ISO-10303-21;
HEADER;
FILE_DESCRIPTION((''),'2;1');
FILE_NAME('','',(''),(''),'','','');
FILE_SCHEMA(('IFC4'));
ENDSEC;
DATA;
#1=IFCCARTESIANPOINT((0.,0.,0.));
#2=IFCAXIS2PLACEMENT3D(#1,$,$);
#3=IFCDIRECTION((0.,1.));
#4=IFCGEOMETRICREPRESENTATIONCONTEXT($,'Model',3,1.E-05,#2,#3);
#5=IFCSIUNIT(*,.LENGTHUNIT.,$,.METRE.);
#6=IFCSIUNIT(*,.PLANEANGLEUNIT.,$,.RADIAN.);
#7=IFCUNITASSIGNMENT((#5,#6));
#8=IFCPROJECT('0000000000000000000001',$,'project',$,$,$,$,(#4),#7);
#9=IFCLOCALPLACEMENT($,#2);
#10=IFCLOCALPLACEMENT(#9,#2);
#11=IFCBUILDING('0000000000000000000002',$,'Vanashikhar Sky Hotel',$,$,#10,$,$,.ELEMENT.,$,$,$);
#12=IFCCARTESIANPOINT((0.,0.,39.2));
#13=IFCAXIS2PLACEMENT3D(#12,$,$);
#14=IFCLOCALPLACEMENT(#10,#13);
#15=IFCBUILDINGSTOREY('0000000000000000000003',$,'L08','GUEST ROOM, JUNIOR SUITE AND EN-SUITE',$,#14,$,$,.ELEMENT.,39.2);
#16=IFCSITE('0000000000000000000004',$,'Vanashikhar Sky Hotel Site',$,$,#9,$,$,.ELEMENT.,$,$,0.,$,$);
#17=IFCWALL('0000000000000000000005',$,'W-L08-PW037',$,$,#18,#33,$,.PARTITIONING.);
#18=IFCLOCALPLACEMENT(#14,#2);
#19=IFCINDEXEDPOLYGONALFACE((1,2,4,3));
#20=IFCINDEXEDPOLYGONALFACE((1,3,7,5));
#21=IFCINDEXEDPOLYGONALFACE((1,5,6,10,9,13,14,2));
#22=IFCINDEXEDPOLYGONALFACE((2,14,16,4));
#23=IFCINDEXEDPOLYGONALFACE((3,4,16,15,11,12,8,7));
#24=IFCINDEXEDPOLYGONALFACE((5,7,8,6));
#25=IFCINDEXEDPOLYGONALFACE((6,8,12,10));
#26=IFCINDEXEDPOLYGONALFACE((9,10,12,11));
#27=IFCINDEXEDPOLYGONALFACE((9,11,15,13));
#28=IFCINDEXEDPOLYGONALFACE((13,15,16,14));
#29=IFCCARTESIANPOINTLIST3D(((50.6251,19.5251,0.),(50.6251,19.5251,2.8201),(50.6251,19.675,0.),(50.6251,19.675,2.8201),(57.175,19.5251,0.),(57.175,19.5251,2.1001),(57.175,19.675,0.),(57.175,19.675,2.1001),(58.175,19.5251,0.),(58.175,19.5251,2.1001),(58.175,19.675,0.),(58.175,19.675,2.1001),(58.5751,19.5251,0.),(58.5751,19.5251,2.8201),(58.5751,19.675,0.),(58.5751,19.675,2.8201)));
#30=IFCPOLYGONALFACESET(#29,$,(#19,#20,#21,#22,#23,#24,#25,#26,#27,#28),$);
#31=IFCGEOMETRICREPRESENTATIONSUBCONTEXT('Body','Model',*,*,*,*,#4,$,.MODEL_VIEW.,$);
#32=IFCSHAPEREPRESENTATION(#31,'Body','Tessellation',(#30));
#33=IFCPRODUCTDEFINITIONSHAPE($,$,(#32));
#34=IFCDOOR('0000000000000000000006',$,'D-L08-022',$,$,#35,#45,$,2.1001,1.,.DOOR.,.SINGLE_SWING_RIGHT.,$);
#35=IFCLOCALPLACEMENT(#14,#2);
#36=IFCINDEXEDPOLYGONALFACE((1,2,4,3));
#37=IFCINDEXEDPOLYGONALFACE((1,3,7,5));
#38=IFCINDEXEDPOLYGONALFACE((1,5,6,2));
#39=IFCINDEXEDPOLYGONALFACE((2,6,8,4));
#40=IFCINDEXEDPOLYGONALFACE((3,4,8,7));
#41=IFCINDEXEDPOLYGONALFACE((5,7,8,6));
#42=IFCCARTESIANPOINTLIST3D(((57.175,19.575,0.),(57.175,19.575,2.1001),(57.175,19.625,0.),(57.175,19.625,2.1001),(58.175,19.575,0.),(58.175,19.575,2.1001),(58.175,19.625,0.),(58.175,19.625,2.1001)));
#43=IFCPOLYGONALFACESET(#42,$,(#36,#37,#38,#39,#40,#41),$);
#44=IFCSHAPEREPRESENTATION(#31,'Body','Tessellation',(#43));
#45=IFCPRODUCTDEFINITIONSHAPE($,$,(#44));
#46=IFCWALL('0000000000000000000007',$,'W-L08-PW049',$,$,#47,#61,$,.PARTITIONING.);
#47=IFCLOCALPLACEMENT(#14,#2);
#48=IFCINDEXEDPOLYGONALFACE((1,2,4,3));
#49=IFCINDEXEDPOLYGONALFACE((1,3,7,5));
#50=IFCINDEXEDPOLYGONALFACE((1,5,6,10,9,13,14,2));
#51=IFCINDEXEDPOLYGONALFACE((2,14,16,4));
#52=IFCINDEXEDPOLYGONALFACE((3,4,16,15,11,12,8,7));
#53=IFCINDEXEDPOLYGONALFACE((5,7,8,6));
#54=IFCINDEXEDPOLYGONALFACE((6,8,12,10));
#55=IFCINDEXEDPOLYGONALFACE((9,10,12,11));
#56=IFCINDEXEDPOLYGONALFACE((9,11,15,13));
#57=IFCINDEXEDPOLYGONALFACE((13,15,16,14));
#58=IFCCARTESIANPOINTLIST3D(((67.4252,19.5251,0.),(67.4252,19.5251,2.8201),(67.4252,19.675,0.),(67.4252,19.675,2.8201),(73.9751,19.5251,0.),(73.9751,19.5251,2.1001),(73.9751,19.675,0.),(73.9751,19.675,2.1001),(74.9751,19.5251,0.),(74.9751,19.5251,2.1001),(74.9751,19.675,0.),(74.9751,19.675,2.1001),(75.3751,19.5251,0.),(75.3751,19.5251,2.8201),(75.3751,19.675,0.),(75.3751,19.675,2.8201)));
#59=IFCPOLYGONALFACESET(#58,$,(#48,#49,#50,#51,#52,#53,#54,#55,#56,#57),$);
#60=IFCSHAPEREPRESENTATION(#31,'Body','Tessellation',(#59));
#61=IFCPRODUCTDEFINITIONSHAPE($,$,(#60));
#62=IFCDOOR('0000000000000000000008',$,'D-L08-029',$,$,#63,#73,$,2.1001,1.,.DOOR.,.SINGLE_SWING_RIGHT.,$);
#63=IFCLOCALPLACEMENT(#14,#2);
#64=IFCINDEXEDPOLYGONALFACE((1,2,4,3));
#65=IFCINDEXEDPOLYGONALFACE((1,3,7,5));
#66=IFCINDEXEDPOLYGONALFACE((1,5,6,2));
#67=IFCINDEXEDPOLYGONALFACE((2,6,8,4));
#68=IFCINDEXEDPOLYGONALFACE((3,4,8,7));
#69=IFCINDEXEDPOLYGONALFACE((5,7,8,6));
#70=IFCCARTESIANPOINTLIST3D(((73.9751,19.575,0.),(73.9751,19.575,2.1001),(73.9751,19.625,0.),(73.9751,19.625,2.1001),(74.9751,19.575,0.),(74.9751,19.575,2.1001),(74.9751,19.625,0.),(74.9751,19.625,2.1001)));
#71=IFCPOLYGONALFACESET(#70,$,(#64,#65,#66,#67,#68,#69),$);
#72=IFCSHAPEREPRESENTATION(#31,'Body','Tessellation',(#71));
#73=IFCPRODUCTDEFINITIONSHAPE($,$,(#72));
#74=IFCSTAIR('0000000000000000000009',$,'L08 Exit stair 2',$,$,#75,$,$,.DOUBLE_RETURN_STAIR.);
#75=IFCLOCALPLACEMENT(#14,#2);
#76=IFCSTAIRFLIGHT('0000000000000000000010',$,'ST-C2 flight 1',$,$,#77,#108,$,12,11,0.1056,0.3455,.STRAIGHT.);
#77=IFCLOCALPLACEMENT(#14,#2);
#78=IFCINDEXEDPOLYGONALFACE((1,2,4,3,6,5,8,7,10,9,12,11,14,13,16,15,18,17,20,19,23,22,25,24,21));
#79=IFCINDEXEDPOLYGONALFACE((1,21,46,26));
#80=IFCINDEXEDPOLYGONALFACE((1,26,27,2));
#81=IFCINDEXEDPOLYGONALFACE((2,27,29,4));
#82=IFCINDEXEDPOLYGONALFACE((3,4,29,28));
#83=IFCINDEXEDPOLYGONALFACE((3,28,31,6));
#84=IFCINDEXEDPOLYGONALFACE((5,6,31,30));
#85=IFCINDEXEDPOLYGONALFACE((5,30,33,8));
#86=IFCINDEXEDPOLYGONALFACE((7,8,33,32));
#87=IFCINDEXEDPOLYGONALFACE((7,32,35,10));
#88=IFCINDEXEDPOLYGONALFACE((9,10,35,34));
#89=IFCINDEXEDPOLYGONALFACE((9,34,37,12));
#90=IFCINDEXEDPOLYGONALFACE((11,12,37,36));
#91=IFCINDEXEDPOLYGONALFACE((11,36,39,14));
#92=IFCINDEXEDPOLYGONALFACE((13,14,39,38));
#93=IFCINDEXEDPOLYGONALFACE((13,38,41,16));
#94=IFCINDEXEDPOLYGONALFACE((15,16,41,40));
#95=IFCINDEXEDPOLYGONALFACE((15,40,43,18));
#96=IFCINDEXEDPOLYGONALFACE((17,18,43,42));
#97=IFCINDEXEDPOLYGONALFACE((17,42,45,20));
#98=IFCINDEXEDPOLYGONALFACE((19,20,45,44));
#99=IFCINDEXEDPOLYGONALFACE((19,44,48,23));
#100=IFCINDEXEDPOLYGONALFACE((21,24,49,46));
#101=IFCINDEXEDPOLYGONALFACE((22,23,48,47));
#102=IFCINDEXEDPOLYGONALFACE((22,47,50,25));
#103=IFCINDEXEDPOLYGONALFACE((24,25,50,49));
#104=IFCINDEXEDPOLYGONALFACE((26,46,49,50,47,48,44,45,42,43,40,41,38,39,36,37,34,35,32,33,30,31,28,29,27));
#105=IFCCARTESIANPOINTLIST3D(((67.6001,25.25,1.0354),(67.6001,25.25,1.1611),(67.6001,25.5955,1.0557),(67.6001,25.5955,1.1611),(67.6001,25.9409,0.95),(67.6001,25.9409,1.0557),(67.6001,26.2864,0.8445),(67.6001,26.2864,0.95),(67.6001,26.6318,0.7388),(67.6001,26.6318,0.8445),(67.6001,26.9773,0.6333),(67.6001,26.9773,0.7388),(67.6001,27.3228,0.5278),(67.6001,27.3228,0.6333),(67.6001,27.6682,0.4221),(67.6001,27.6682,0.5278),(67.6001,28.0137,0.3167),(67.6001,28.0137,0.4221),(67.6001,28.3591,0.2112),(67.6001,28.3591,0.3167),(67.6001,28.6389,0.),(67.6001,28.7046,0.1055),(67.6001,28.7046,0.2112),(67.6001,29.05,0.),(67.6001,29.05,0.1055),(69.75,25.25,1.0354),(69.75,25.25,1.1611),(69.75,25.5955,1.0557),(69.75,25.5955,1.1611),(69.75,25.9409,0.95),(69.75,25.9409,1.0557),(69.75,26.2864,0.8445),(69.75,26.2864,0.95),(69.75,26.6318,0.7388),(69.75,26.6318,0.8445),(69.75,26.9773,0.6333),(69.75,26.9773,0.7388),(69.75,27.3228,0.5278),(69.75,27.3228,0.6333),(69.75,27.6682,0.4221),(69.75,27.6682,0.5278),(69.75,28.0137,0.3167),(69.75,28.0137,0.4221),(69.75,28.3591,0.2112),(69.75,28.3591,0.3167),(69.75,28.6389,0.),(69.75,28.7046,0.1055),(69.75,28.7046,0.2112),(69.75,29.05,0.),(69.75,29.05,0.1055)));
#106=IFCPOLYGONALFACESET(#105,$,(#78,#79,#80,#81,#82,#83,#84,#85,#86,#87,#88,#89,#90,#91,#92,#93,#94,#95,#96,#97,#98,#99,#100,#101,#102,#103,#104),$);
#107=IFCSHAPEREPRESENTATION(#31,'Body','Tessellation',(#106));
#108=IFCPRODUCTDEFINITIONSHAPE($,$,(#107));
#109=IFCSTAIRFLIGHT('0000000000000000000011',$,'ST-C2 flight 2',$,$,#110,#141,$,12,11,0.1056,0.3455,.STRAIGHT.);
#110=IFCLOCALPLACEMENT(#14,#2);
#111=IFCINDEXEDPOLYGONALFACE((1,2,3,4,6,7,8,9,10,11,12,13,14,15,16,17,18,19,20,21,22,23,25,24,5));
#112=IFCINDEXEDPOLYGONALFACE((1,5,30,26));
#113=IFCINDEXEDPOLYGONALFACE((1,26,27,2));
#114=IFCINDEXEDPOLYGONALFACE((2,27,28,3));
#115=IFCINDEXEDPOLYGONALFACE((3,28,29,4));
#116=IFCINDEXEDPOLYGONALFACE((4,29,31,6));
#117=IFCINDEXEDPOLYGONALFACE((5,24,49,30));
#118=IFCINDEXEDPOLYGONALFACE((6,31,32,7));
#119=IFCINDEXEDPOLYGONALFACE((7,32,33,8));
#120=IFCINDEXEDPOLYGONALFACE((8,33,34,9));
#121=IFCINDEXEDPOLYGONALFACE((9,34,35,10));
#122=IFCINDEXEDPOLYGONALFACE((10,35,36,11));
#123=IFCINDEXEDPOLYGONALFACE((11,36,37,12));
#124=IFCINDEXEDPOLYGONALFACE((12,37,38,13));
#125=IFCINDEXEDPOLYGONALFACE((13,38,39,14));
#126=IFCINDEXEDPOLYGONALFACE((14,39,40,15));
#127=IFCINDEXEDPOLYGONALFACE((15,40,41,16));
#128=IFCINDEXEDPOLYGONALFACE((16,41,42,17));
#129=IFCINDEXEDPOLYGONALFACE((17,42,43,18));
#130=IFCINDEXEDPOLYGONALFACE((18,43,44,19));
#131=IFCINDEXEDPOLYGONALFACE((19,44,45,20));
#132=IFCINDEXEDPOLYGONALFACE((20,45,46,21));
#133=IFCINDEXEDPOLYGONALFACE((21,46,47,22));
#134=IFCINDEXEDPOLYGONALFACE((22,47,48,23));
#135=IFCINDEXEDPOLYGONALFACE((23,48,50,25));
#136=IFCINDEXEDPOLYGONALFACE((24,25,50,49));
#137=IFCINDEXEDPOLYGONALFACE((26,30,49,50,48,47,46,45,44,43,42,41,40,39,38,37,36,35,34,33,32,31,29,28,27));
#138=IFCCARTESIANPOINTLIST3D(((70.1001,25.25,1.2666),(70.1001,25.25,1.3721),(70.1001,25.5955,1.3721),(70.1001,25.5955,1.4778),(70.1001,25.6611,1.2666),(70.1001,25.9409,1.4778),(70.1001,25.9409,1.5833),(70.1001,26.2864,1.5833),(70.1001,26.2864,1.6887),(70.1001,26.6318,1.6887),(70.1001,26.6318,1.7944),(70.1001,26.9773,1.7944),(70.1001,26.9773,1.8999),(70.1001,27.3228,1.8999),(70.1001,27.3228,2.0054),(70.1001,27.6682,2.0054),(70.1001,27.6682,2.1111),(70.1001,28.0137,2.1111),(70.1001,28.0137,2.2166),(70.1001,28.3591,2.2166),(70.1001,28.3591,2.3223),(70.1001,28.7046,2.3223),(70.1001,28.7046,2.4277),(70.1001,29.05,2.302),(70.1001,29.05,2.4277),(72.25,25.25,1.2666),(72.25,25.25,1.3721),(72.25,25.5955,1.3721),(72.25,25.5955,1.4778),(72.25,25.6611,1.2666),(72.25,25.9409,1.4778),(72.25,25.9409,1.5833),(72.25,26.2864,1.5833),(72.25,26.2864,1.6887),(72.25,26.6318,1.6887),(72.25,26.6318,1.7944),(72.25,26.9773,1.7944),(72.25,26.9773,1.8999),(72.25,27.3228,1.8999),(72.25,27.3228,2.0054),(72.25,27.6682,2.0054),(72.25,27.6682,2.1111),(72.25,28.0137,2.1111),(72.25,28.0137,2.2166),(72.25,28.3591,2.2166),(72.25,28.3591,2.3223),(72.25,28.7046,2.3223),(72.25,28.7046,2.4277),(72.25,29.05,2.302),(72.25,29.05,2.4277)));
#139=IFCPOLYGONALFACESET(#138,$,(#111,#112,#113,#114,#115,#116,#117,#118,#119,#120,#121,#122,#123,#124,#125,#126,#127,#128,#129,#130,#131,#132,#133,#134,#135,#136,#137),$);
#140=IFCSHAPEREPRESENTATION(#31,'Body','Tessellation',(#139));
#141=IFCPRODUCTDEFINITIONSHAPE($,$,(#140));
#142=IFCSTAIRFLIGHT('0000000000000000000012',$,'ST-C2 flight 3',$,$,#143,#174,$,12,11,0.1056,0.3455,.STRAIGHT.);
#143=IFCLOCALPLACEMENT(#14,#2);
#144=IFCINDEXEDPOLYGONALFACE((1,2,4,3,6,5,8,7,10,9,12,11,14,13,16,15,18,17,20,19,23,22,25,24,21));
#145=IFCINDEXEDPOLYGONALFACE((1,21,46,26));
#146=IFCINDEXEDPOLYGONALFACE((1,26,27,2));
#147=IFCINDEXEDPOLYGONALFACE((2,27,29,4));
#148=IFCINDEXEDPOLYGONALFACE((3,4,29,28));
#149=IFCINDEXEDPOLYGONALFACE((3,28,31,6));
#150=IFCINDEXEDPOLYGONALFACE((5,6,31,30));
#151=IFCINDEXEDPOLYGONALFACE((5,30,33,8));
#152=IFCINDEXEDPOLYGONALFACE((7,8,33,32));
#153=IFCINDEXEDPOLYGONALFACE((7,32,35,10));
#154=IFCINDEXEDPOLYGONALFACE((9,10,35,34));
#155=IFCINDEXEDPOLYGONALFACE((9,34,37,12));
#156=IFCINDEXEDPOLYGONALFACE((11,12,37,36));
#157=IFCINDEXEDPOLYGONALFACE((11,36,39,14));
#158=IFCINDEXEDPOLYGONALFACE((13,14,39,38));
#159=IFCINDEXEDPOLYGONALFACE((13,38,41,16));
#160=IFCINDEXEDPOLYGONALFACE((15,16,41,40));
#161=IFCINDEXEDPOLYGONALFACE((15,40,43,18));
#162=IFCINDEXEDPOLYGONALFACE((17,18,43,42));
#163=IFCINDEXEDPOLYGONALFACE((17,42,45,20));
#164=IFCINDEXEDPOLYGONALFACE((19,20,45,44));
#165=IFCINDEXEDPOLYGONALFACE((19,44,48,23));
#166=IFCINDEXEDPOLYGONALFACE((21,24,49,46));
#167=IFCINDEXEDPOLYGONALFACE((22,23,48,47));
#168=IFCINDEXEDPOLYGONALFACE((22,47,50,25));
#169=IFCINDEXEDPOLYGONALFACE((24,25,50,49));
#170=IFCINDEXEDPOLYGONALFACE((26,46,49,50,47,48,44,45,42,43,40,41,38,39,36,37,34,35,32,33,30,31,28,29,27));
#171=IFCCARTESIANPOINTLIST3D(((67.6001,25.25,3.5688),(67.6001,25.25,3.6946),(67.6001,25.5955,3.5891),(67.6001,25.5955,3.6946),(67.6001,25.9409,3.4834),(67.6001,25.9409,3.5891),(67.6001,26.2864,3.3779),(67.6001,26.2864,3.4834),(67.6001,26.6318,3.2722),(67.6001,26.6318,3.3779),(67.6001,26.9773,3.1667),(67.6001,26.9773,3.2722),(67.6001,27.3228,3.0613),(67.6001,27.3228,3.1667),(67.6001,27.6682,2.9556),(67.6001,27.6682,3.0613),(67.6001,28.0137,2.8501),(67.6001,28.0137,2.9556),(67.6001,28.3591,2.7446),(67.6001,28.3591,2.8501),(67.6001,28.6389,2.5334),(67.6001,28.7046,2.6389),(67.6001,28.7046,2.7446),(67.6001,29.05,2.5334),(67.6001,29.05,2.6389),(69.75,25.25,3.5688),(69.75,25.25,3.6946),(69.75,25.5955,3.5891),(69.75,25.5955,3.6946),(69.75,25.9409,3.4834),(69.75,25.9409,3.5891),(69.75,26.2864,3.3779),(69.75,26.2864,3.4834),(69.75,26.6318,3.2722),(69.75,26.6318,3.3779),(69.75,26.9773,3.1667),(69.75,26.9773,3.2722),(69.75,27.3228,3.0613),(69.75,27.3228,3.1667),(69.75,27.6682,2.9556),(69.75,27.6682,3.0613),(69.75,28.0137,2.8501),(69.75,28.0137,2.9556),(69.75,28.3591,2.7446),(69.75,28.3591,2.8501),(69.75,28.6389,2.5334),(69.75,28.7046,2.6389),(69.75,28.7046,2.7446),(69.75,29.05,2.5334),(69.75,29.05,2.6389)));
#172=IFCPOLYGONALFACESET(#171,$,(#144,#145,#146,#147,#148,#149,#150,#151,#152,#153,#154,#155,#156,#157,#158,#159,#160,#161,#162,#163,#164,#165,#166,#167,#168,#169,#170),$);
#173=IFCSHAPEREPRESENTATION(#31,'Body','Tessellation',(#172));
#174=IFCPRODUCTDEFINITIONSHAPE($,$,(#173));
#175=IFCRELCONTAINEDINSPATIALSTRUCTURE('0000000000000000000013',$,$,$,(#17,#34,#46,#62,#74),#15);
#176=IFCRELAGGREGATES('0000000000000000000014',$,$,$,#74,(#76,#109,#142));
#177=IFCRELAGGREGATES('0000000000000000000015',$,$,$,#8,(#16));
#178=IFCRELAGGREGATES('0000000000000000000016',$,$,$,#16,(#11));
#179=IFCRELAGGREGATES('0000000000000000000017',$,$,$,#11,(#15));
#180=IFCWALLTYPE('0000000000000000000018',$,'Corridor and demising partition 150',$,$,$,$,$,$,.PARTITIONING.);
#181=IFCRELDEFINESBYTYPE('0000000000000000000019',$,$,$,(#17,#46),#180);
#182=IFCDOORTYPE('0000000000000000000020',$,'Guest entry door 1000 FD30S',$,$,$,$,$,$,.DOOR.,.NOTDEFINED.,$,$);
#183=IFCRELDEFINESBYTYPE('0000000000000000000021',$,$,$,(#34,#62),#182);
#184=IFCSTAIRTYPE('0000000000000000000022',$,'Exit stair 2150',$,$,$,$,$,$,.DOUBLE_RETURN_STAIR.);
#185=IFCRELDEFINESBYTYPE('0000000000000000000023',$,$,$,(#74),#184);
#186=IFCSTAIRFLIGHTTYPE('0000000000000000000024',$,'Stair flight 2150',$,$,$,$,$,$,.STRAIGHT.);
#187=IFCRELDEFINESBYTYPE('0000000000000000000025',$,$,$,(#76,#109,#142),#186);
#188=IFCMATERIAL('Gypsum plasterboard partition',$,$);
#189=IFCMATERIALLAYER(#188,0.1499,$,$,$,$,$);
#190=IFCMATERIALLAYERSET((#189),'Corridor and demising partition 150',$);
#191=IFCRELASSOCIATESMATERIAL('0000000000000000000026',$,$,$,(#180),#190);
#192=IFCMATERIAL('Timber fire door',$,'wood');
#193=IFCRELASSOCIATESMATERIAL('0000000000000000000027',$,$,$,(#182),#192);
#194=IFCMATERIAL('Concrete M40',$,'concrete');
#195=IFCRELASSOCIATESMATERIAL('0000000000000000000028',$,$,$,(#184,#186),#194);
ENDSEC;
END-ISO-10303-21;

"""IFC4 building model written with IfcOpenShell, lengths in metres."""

from ifc_helpers import new_model, si_unit, direction, frame, frame_2d, origin, place, context, subcontext, project, spatial, polyline, rectangle, outline, extrude, source, transform, mapped, material, layer, layer_set, type_object, element, fill, aggregate, save


model = new_model("IFC4")

# Units and contexts
model_context = context("Model", 3, precision=1e-05, world=origin(), true_north=direction((0.0, 1.0)))
body_context = subcontext(model_context, "Body", "Model", "MODEL_VIEW")
ifc_project = project(units=[si_unit("LENGTHUNIT", "METRE"), si_unit("PLANEANGLEUNIT", "RADIAN")], contexts=[model_context])

# Site, building, storey
site_placement = place(None, origin())
site = spatial("IfcSite", under=ifc_project, at=site_placement, Name="Vanashikhar Sky Hotel Site", CompositionType="ELEMENT", RefElevation=0.0)
building_placement = place(site_placement, origin())
building = spatial("IfcBuilding", under=site, at=building_placement, Name="Vanashikhar Sky Hotel", CompositionType="ELEMENT")
storey_placement = place(building_placement, frame((0.0, 0.0, 39.2)))
storey = spatial("IfcBuildingStorey", under=building, at=storey_placement, Name="L08", Description="GUEST ROOM, JUNIOR SUITE AND EN-SUITE", CompositionType="ELEMENT", Elevation=39.2)

# Shared definitions
ifc_material_1 = material(Name="Concrete M40", Category="concrete")

# Shared definitions
ifc_material_2 = material(Name="Gypsum plasterboard partition")
ifc_layer_1 = layer(ifc_material_2, 0.1499)
ifc_layer_set_1 = layer_set([ifc_layer_1], Name="Corridor and demising partition 150")
wall_type_1 = type_object("IfcWallType", Name="Corridor and demising partition 150", PredefinedType="PARTITIONING", material=ifc_layer_set_1)
shared_shape_1 = source(origin(), body_context, "Body", "SweptSolid", [
    extrude(rectangle(XDim=1.0, YDim=2.1001, at=frame_2d((0.5, 1.05))), frame((0.0, 0.085, 0.0), z_axis=(0.0, -1.0, 0.0), x_axis=(1.0, 0.0, 0.0)), (0.0, 0.0, 1.0), 0.1699),
])
ifc_material_3 = material(Name="Timber fire door", Category="wood")
door_type_1 = type_object("IfcDoorType", Name="Guest entry door 1000 FD30S", OperationType="NOTDEFINED", PredefinedType="DOOR", material=ifc_material_3)
shared_shape_2 = source(origin(), body_context, "Body", "SweptSolid", [
    extrude(rectangle(XDim=1.0, YDim=2.1001, at=frame_2d((0.5, 1.05))), frame((0.0, 0.0249, 0.0), z_axis=(0.0, -1.0, 0.0), x_axis=(1.0, 0.0, 0.0)), (0.0, 0.0, 1.0), 0.05),
])

# Walls, openings, doors
shared_shape_3 = source(origin(), body_context, "Body", "SweptSolid", [
    extrude(rectangle(XDim=7.95, YDim=0.1499, at=frame_2d((3.9751, 0.0))), origin(), (0.0, 0.0, 1.0), 2.8201),
])
wall_1_placement = place(storey_placement, frame((50.625, 19.6001, 0.0), z_axis=(0.0, 0.0, 1.0), x_axis=(1.0, 0.0, 0.0)))
wall_1 = element("IfcWall", 1, at=wall_1_placement, inside=storey, type_object=wall_type_1, Name="W-L08-PW037", PredefinedType="PARTITIONING", context=body_context, shape_type="MappedRepresentation", body=[
    mapped(shared_shape_3, transform((0.0, 0.0, 0.0), scale=1.0)),
])
opening_1_placement = place(wall_1_placement, frame((6.55, 0.0, 0.0)))
opening_1 = element("IfcOpeningElement", 2, at=opening_1_placement, cuts=wall_1, PredefinedType="OPENING", context=body_context, shape_type="MappedRepresentation", body=[
    mapped(shared_shape_1, transform((0.0, 0.0, 0.0), scale=1.0)),
])
door_1_placement = place(opening_1_placement, origin())
door_1 = element("IfcDoor", 3, at=door_1_placement, inside=storey, type_object=door_type_1, Name="D-L08-022", OperationType="SINGLE_SWING_RIGHT", OverallHeight=2.1001, OverallWidth=1.0, PredefinedType="DOOR", context=body_context, shape_type="MappedRepresentation", body=[
    mapped(shared_shape_2, transform((0.0, 0.0, 0.0), scale=1.0)),
])
fill(opening_1, door_1)
wall_2_placement = place(storey_placement, frame((67.425, 19.6001, 0.0), z_axis=(0.0, 0.0, 1.0), x_axis=(1.0, 0.0, 0.0)))
wall_2 = element("IfcWall", 4, at=wall_2_placement, inside=storey, type_object=wall_type_1, Name="W-L08-PW049", PredefinedType="PARTITIONING", context=body_context, shape_type="MappedRepresentation", body=[
    mapped(shared_shape_3, transform((0.0, 0.0, 0.0), scale=1.0)),
])
opening_2_placement = place(wall_2_placement, frame((6.55, 0.0, 0.0)))
opening_2 = element("IfcOpeningElement", 5, at=opening_2_placement, cuts=wall_2, PredefinedType="OPENING", context=body_context, shape_type="MappedRepresentation", body=[
    mapped(shared_shape_1, transform((0.0, 0.0, 0.0), scale=1.0)),
])
door_2_placement = place(opening_2_placement, origin())
door_2 = element("IfcDoor", 6, at=door_2_placement, inside=storey, type_object=door_type_1, Name="D-L08-029", OperationType="SINGLE_SWING_RIGHT", OverallHeight=2.1001, OverallWidth=1.0, PredefinedType="DOOR", context=body_context, shape_type="MappedRepresentation", body=[
    mapped(shared_shape_2, transform((0.0, 0.0, 0.0), scale=1.0)),
])
fill(opening_2, door_2)

# Stair, stair flights
stair_type = type_object("IfcStairType", Name="Exit stair 2150", PredefinedType="DOUBLE_RETURN_STAIR", material=ifc_material_1)
stair_placement = place(storey_placement, origin())
stair = element("IfcStair", 7, at=stair_placement, inside=storey, type_object=stair_type, Name="L08 Exit stair 2", PredefinedType="DOUBLE_RETURN_STAIR")
stair_flight_type = type_object("IfcStairFlightType", Name="Stair flight 2150", PredefinedType="STRAIGHT", material=ifc_material_1)
shared_shape_4 = source(origin(), body_context, "Body", "SweptSolid", [
    extrude(outline(polyline([(0.0, 0.0), (0.0, 0.1055), (0.3455, 0.1055), (0.3455, 0.2112), (0.6909, 0.2112), (0.6909, 0.3167), (1.0364, 0.3167), (1.0364, 0.4221), (1.3818, 0.4221), (1.3818, 0.5278), (1.7273, 0.5278), (1.7273, 0.6333), (2.0728, 0.6333), (2.0728, 0.7388), (2.4182, 0.7388), (2.4182, 0.8445), (2.7637, 0.8445), (2.7637, 0.95), (3.1091, 0.95), (3.1091, 1.0557), (3.4546, 1.0557), (3.4546, 1.1611), (3.8, 1.1611), (3.8, 1.2666), (3.8, 1.0354), (0.4111, 0.0), (0.0, 0.0)])), frame((0.0, 1.075, 0.0), z_axis=(0.0, -1.0, 0.0), x_axis=(1.0, 0.0, 0.0)), (0.0, 0.0, 1.0), 2.1499),
])
stair_flight_1_placement = place(storey_placement, frame((68.675, 29.05, 0.0), z_axis=(0.0, 0.0, 1.0), x_axis=(0.0, -1.0, 0.0)))
stair_flight_1 = element("IfcStairFlight", 8, at=stair_flight_1_placement, type_object=stair_flight_type, Name="ST-C2 flight 1", NumberOfRisers=12, NumberOfTreads=11, PredefinedType="STRAIGHT", RiserHeight=0.1056, TreadLength=0.3455, context=body_context, shape_type="MappedRepresentation", body=[
    mapped(shared_shape_4, transform((0.0, 0.0, 0.0), scale=1.0)),
])
stair_flight_2_placement = place(storey_placement, frame((71.175, 25.25, 1.2666), z_axis=(0.0, 0.0, 1.0), x_axis=(0.0, 1.0, 0.0)))
stair_flight_2 = element("IfcStairFlight", 9, at=stair_flight_2_placement, type_object=stair_flight_type, Name="ST-C2 flight 2", NumberOfRisers=12, NumberOfTreads=11, PredefinedType="STRAIGHT", RiserHeight=0.1056, TreadLength=0.3455, context=body_context, shape_type="MappedRepresentation", body=[
    mapped(shared_shape_4, transform((0.0, 0.0, 0.0), scale=1.0)),
])
stair_flight_3_placement = place(storey_placement, frame((68.675, 29.05, 2.5334), z_axis=(0.0, 0.0, 1.0), x_axis=(0.0, -1.0, 0.0)))
stair_flight_3 = element("IfcStairFlight", 10, at=stair_flight_3_placement, type_object=stair_flight_type, Name="ST-C2 flight 3", NumberOfRisers=12, NumberOfTreads=11, PredefinedType="STRAIGHT", RiserHeight=0.1056, TreadLength=0.3455, context=body_context, shape_type="MappedRepresentation", body=[
    mapped(shared_shape_4, transform((0.0, 0.0, 0.0), scale=1.0)),
])
aggregate(stair, [stair_flight_1, stair_flight_2, stair_flight_3])

save(model, "model.ifc")
